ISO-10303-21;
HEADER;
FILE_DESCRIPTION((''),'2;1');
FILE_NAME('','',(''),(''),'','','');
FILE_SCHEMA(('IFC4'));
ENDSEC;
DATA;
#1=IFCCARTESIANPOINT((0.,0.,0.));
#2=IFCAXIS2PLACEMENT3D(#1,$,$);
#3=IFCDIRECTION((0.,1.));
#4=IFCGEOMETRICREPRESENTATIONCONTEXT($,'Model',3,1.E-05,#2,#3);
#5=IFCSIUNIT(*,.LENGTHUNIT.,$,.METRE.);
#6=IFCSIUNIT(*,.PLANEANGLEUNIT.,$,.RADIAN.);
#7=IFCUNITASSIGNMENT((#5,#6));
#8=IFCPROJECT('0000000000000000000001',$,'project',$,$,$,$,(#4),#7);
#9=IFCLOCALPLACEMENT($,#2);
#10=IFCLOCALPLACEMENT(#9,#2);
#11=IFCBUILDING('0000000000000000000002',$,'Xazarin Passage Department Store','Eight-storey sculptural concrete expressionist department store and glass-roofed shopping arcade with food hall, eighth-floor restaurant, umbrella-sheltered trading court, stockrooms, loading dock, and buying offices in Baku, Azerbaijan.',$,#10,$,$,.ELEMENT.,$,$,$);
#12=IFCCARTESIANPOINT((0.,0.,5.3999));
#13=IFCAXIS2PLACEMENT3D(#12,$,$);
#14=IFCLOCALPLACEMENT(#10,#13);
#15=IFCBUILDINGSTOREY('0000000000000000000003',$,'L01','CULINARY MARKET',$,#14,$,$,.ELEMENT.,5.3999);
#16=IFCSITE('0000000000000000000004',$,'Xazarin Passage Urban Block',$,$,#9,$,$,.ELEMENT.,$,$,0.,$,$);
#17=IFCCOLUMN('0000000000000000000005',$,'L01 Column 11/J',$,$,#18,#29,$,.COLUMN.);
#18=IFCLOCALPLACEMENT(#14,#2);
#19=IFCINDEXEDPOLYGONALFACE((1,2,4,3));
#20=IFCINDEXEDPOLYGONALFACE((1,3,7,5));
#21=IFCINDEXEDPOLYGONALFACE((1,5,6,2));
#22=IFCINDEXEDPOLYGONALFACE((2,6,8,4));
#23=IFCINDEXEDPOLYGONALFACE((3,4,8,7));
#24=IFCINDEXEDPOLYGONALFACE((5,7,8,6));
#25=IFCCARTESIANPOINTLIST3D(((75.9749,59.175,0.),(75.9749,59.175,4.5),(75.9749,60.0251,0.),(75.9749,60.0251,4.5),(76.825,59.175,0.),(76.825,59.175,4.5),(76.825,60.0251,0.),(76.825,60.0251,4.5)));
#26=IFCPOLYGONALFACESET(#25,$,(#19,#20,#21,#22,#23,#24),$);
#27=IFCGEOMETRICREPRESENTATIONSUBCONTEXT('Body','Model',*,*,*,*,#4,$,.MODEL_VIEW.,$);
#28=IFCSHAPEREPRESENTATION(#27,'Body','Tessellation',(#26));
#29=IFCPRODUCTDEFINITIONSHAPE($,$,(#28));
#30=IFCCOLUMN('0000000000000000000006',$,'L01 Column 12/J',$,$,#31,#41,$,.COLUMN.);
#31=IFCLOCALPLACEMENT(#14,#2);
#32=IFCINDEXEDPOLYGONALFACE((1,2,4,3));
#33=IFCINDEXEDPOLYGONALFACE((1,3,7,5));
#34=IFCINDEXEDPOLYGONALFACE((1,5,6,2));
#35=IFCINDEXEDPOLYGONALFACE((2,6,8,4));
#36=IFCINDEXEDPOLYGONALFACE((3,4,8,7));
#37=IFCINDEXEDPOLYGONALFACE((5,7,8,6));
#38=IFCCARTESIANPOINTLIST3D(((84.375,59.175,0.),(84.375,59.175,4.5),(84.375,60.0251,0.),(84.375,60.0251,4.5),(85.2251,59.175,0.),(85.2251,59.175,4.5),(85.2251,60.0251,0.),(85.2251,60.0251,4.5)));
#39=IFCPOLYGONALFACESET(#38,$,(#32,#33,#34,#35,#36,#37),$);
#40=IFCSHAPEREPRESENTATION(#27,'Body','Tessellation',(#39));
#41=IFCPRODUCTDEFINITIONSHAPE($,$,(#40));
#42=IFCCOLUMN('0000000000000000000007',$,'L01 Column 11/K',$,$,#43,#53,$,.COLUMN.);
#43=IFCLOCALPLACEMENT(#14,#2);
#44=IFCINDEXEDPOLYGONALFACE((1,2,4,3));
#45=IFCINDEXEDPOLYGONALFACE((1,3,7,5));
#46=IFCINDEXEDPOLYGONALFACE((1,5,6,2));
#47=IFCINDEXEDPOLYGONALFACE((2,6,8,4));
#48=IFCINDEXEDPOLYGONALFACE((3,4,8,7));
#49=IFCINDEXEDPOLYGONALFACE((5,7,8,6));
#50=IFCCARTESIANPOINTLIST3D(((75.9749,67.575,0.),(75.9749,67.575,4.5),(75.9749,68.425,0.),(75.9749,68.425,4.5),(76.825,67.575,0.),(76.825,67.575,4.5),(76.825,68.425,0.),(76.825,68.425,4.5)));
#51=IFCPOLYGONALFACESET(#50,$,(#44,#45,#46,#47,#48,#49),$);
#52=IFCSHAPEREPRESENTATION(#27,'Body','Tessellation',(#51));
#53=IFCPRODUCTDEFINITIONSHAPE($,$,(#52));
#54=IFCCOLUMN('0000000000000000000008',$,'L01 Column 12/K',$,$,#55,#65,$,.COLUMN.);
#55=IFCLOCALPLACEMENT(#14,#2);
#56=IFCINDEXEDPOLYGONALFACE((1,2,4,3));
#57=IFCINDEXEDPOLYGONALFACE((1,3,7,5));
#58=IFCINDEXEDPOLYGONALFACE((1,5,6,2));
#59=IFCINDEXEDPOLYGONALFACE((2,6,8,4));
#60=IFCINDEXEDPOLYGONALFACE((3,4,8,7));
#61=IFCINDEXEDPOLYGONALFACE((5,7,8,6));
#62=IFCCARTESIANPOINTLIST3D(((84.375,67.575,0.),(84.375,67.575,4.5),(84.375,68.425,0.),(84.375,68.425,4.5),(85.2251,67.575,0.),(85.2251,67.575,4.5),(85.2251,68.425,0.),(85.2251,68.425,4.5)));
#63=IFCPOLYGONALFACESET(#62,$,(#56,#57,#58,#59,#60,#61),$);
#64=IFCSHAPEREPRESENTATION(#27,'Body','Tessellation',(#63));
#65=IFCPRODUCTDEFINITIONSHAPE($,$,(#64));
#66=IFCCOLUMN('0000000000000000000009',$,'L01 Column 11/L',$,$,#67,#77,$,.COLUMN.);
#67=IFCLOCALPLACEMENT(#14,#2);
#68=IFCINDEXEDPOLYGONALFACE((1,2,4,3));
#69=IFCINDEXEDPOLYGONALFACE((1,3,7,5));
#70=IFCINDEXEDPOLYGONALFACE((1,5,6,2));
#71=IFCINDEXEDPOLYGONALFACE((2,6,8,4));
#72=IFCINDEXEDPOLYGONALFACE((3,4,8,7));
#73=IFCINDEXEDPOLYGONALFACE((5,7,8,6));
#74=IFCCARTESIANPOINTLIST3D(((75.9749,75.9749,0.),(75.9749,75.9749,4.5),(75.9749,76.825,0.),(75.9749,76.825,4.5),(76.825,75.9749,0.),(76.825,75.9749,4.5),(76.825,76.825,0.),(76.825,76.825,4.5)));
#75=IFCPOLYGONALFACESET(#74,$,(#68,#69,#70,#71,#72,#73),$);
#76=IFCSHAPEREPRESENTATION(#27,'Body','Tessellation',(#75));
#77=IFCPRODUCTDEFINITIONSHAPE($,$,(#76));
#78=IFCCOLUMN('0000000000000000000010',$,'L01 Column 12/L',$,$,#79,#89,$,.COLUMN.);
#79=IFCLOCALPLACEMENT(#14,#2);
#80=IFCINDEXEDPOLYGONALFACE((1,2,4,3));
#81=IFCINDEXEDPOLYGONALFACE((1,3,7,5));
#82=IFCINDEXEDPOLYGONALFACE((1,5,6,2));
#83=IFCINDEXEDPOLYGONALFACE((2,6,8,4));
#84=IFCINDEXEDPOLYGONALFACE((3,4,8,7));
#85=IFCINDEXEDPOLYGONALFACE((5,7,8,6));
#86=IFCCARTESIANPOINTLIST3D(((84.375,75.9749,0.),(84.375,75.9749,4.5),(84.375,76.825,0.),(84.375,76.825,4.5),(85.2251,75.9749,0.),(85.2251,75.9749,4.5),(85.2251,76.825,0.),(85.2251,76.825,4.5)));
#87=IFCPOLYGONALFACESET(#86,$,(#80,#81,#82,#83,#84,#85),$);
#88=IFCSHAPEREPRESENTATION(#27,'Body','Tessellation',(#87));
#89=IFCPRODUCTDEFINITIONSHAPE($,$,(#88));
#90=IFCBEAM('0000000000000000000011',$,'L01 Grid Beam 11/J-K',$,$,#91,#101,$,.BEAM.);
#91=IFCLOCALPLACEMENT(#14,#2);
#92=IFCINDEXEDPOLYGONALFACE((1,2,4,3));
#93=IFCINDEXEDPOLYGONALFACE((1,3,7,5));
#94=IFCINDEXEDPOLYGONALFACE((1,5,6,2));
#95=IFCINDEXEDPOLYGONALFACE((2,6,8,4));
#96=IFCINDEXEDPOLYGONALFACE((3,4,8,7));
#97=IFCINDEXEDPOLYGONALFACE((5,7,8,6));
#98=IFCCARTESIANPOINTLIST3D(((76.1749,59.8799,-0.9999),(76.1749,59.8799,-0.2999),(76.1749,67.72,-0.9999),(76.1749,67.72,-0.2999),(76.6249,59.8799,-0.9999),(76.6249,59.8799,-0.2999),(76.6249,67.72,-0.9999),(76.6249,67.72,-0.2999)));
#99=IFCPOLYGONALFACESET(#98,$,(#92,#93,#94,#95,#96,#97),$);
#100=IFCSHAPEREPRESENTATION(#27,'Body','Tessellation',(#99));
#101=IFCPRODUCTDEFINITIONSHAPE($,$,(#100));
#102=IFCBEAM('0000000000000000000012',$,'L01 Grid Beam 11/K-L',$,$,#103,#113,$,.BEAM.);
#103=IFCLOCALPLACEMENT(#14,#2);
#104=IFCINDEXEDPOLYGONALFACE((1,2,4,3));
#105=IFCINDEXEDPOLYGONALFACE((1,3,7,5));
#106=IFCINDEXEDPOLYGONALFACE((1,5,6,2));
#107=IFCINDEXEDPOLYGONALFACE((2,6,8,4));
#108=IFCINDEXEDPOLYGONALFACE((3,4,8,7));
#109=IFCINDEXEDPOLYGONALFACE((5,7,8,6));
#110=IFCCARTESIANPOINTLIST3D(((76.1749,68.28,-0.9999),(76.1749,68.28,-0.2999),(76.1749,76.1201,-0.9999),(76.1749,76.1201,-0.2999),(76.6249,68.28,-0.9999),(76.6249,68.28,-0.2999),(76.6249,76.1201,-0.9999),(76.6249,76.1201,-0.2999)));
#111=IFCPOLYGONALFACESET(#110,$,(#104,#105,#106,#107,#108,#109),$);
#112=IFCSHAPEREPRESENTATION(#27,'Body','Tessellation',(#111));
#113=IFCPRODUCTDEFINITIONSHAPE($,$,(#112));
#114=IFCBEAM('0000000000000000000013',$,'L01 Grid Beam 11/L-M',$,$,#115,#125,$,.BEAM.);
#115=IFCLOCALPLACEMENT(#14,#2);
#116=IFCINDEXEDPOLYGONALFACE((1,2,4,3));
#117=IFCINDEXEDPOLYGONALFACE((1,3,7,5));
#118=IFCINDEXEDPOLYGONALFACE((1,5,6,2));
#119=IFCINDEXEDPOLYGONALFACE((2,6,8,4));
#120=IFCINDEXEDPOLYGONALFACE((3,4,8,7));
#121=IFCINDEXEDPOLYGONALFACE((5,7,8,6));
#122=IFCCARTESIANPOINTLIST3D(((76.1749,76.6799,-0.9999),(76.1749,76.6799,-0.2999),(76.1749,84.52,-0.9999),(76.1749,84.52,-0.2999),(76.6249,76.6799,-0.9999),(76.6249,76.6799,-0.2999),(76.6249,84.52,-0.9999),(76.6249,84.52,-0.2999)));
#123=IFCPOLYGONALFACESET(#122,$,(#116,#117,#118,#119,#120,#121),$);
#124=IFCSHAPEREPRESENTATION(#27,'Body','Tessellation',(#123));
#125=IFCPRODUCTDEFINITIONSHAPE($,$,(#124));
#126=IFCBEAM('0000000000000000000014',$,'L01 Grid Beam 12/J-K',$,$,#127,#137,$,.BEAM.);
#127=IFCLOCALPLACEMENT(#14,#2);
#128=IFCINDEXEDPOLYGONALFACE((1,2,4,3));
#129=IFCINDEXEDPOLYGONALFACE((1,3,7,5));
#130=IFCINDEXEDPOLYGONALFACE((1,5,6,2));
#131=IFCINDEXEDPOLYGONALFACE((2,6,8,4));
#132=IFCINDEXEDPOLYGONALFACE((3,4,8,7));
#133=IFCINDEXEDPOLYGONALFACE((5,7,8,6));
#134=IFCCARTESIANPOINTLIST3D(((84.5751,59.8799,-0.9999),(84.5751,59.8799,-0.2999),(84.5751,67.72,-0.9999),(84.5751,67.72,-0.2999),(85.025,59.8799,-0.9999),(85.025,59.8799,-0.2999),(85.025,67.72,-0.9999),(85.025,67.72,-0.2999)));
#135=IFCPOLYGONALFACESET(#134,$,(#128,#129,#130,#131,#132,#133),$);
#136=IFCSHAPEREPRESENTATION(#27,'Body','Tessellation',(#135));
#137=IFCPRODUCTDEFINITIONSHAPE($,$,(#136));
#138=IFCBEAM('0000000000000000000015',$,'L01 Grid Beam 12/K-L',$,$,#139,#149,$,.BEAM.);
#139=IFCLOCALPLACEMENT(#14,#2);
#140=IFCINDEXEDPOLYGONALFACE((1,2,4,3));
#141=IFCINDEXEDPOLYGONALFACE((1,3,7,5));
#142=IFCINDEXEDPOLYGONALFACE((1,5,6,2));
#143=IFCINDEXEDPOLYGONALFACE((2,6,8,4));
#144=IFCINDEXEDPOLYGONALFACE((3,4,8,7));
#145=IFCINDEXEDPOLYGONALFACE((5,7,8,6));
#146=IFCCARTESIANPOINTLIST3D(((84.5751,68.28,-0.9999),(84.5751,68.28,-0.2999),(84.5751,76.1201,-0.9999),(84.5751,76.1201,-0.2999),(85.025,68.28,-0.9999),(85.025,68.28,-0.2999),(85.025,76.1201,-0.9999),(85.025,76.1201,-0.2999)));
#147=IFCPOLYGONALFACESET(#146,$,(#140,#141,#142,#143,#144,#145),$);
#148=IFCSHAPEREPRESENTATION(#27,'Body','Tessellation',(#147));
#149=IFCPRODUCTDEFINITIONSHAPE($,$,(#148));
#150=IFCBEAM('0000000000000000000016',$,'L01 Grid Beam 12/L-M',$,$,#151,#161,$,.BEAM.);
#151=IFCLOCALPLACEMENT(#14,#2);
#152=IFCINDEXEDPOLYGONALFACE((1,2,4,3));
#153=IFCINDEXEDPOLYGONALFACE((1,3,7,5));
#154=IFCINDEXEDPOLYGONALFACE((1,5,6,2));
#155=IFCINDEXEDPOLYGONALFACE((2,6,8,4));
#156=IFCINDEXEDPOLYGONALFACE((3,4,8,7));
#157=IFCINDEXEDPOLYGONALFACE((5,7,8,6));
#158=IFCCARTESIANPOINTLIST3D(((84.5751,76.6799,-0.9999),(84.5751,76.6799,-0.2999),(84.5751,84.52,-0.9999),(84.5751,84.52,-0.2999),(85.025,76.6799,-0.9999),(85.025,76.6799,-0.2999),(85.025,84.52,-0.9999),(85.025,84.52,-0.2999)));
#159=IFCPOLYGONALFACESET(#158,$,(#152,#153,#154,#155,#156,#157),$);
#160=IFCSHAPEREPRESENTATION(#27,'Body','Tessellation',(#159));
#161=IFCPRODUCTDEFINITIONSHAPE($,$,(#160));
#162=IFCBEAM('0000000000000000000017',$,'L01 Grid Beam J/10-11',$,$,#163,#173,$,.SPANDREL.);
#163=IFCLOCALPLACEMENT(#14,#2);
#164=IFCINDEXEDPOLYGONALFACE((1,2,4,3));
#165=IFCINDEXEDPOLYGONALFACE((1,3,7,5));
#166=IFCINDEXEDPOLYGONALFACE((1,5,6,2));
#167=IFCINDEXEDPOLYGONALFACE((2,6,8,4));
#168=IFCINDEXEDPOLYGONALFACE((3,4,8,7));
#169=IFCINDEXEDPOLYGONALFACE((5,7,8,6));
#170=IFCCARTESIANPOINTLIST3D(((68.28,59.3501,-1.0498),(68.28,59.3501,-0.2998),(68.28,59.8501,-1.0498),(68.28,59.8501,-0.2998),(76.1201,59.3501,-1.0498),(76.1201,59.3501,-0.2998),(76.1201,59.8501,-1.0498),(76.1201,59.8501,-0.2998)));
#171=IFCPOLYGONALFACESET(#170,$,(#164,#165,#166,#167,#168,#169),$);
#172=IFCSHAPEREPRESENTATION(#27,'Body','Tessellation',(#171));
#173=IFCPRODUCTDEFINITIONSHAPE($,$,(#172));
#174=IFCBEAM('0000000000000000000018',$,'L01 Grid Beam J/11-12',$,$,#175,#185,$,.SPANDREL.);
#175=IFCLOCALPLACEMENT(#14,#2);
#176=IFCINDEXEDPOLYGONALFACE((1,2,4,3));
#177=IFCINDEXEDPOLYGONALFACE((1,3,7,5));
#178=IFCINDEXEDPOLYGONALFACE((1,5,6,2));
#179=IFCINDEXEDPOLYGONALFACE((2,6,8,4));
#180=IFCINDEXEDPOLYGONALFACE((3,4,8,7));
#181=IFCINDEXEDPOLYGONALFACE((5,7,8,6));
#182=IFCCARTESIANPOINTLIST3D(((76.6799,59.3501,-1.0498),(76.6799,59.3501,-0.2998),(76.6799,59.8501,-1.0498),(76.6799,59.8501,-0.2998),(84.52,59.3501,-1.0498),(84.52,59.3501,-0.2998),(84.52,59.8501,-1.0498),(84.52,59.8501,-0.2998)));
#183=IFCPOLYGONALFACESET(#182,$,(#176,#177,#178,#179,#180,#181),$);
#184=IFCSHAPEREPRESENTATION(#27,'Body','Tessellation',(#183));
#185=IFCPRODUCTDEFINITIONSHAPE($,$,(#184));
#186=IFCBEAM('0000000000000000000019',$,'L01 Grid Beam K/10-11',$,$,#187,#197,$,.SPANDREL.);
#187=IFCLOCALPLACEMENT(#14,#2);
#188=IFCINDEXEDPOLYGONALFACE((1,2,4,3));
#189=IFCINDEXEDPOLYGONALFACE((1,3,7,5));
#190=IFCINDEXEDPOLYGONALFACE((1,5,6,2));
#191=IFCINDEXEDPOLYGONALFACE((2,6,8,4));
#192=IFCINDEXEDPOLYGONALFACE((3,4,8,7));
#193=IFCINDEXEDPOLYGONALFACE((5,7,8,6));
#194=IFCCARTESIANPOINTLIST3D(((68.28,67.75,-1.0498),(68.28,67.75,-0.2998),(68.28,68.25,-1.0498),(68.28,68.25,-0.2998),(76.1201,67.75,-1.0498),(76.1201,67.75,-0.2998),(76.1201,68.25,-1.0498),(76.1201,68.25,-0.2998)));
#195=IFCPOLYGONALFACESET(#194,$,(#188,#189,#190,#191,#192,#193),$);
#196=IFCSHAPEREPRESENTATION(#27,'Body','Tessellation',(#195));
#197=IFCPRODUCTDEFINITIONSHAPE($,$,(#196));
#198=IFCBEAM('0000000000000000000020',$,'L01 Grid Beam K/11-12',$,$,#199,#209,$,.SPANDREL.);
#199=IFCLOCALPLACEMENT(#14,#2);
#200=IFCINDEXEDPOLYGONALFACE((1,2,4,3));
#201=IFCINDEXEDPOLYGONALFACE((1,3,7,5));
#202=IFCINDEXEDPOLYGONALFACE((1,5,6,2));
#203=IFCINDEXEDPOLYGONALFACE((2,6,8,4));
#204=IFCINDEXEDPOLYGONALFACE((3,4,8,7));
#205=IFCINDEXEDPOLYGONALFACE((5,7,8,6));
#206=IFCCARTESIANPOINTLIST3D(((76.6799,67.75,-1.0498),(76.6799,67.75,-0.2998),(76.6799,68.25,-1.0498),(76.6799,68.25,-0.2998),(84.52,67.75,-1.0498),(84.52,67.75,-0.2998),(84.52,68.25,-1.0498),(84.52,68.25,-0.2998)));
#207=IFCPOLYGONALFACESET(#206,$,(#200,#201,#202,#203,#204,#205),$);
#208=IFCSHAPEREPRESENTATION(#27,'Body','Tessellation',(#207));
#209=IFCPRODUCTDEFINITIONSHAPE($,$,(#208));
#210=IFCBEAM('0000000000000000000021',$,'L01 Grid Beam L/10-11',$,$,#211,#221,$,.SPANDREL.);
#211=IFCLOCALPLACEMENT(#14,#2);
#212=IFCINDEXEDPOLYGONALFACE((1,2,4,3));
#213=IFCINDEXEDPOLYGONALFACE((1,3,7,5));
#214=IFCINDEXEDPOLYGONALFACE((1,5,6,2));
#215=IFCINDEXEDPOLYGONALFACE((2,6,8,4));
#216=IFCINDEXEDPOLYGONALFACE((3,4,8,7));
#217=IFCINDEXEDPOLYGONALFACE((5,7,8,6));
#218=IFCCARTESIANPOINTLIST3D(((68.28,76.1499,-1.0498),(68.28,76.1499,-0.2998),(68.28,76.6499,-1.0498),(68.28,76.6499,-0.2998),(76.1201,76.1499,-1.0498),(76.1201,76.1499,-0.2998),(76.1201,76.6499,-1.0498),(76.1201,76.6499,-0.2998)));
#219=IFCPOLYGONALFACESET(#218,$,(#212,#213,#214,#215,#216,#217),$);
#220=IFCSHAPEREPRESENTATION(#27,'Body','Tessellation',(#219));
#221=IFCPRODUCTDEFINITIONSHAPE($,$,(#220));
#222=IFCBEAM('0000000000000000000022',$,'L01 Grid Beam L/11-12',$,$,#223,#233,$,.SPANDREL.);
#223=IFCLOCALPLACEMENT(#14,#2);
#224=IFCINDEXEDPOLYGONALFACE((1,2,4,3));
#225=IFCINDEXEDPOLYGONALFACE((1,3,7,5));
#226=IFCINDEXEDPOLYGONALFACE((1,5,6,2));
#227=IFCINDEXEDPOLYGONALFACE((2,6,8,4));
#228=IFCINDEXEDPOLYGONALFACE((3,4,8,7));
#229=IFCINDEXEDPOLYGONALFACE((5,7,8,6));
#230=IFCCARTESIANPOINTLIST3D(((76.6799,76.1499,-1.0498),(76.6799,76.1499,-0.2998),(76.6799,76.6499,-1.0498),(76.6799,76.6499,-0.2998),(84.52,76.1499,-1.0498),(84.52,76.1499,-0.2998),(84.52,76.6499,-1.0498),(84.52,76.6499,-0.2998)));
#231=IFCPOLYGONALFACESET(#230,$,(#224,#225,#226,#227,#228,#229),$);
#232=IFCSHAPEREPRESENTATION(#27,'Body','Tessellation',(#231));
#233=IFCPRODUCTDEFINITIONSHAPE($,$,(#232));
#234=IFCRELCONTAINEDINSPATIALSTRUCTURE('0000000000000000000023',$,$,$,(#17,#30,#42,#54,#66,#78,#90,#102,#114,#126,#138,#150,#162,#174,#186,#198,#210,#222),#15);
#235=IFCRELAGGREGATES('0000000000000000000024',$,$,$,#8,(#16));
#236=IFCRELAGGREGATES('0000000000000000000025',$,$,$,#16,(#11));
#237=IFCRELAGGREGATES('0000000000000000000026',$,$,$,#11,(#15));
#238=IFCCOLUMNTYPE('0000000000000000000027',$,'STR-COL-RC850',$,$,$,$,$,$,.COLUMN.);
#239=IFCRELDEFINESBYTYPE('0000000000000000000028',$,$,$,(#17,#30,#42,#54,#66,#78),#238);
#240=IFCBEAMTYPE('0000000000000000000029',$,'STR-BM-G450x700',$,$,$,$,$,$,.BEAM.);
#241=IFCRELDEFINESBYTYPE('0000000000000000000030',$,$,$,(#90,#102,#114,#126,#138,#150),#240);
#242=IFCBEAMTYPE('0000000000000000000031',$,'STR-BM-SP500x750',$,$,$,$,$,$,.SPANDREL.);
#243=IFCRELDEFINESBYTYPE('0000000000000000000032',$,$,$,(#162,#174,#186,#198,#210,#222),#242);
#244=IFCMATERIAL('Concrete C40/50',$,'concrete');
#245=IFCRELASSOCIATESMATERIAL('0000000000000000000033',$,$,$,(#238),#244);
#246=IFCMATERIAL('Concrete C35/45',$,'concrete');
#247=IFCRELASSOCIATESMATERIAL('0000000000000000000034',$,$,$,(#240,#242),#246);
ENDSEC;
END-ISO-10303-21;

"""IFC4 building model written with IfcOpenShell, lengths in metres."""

from ifc_helpers import new_model, si_unit, direction, frame, origin, origin_2d, place, context, subcontext, project, spatial, rectangle, extrude, material, material_profile, profile_set, type_object, element, save


model = new_model("IFC4")

# Units and contexts
model_context = context("Model", 3, precision=1e-05, world=origin(), true_north=direction((0.0, 1.0)))
body_context = subcontext(model_context, "Body", "Model", "MODEL_VIEW")
ifc_project = project(units=[si_unit("LENGTHUNIT", "METRE"), si_unit("PLANEANGLEUNIT", "RADIAN")], contexts=[model_context])

# Site, building, storey
site_placement = place(None, origin())
site = spatial("IfcSite", under=ifc_project, at=site_placement, Name="Xazarin Passage Urban Block", CompositionType="ELEMENT", RefElevation=0.0)
building_placement = place(site_placement, origin())
building = spatial("IfcBuilding", under=site, at=building_placement, Name="Xazarin Passage Department Store", Description="Eight-storey sculptural concrete expressionist department store and glass-roofed shopping arcade with food hall, eighth-floor restaurant, umbrella-sheltered trading court, stockrooms, loading dock, and buying offices in Baku, Azerbaijan.", CompositionType="ELEMENT")
storey_placement = place(building_placement, frame((0.0, 0.0, 5.3999)))
storey = spatial("IfcBuildingStorey", under=building, at=storey_placement, Name="L01", Description="CULINARY MARKET", CompositionType="ELEMENT", Elevation=5.3999)

# Columns
ifc_material_1 = material(Name="Concrete C40/50", Category="concrete")
ifc_material_profile_1 = material_profile(ifc_material_1, rectangle(XDim=0.8501, YDim=0.8501, at=origin_2d()), Name="RC 850x850")
ifc_profile_set_1 = profile_set([ifc_material_profile_1], Name="Concrete C40/50")
column_type = type_object("IfcColumnType", Name="STR-COL-RC850", PredefinedType="COLUMN", material=ifc_profile_set_1)
for number, where, z_axis, x_axis, name in (
    (1, (76.3999, 59.6001, 0.0), (0.0, 0.0, 1.0), (1.0, 0.0, 0.0), "L01 Column 11/J"),
    (2, (84.8, 59.6001, 0.0), (0.0, 0.0, 1.0), (1.0, 0.0, 0.0), "L01 Column 12/J"),
    (3, (76.3999, 68.0, 0.0), (0.0, 0.0, 1.0), (1.0, 0.0, 0.0), "L01 Column 11/K"),
    (4, (84.8, 68.0, 0.0), (0.0, 0.0, 1.0), (1.0, 0.0, 0.0), "L01 Column 12/K"),
    (5, (76.3999, 76.3999, 0.0), (0.0, 0.0, 1.0), (1.0, 0.0, 0.0), "L01 Column 11/L"),
    (6, (84.8, 76.3999, 0.0), (0.0, 0.0, 1.0), (1.0, 0.0, 0.0), "L01 Column 12/L"),
):
    element("IfcColumn", number, at=place(storey_placement, frame(where, z_axis=z_axis, x_axis=x_axis)), inside=storey, type_object=column_type, Name=name, PredefinedType="COLUMN", context=body_context, shape_type="SweptSolid", body=[
        extrude(rectangle(XDim=0.8501, YDim=0.8501, at=origin_2d()), origin(), (0.0, 0.0, 1.0), 4.5),
    ])

# Beams
ifc_material_2 = material(Name="Concrete C35/45", Category="concrete")
ifc_material_profile_2 = material_profile(ifc_material_2, rectangle(XDim=0.45, YDim=0.7, at=origin_2d()), Name="RC 450x700")
ifc_profile_set_2 = profile_set([ifc_material_profile_2], Name="Concrete C35/45")
beam_type_1 = type_object("IfcBeamType", Name="STR-BM-G450x700", PredefinedType="BEAM", material=ifc_profile_set_2)
for number, where, z_axis, x_axis, name in (
    (7, (76.3999, 59.8799, -0.6499), (0.0, 1.0, 0.0), (-1.0, 0.0, 0.0), "L01 Grid Beam 11/J-K"),
    (8, (76.3999, 68.28, -0.6499), (0.0, 1.0, 0.0), (-1.0, 0.0, 0.0), "L01 Grid Beam 11/K-L"),
    (9, (76.3999, 76.6799, -0.6499), (0.0, 1.0, 0.0), (-1.0, 0.0, 0.0), "L01 Grid Beam 11/L-M"),
    (10, (84.8, 59.8799, -0.6499), (0.0, 1.0, 0.0), (-1.0, 0.0, 0.0), "L01 Grid Beam 12/J-K"),
    (11, (84.8, 68.28, -0.6499), (0.0, 1.0, 0.0), (-1.0, 0.0, 0.0), "L01 Grid Beam 12/K-L"),
    (12, (84.8, 76.6799, -0.6499), (0.0, 1.0, 0.0), (-1.0, 0.0, 0.0), "L01 Grid Beam 12/L-M"),
):
    element("IfcBeam", number, at=place(storey_placement, frame(where, z_axis=z_axis, x_axis=x_axis)), inside=storey, type_object=beam_type_1, Name=name, PredefinedType="BEAM", context=body_context, shape_type="SweptSolid", body=[
        extrude(rectangle(XDim=0.45, YDim=0.7, at=origin_2d()), origin(), (0.0, 0.0, 1.0), 7.8401),
    ])
ifc_material_profile_3 = material_profile(ifc_material_2, rectangle(XDim=0.5, YDim=0.75, at=origin_2d()), Name="RC 500x750")
ifc_profile_set_3 = profile_set([ifc_material_profile_3], Name="Concrete C35/45")
beam_type_2 = type_object("IfcBeamType", Name="STR-BM-SP500x750", PredefinedType="SPANDREL", material=ifc_profile_set_3)
for number, where, z_axis, x_axis, name in (
    (13, (68.28, 59.6001, -0.6748), (1.0, 0.0, 0.0), (0.0, 1.0, 0.0), "L01 Grid Beam J/10-11"),
    (14, (76.6799, 59.6001, -0.6748), (1.0, 0.0, 0.0), (0.0, 1.0, 0.0), "L01 Grid Beam J/11-12"),
    (15, (68.28, 68.0, -0.6748), (1.0, 0.0, 0.0), (0.0, 1.0, 0.0), "L01 Grid Beam K/10-11"),
    (16, (76.6799, 68.0, -0.6748), (1.0, 0.0, 0.0), (0.0, 1.0, 0.0), "L01 Grid Beam K/11-12"),
    (17, (68.28, 76.3999, -0.6748), (1.0, 0.0, 0.0), (0.0, 1.0, 0.0), "L01 Grid Beam L/10-11"),
    (18, (76.6799, 76.3999, -0.6748), (1.0, 0.0, 0.0), (0.0, 1.0, 0.0), "L01 Grid Beam L/11-12"),
):
    element("IfcBeam", number, at=place(storey_placement, frame(where, z_axis=z_axis, x_axis=x_axis)), inside=storey, type_object=beam_type_2, Name=name, PredefinedType="SPANDREL", context=body_context, shape_type="SweptSolid", body=[
        extrude(rectangle(XDim=0.5, YDim=0.75, at=origin_2d()), origin(), (0.0, 0.0, 1.0), 7.8401),
    ])

save(model, "model.ifc")
